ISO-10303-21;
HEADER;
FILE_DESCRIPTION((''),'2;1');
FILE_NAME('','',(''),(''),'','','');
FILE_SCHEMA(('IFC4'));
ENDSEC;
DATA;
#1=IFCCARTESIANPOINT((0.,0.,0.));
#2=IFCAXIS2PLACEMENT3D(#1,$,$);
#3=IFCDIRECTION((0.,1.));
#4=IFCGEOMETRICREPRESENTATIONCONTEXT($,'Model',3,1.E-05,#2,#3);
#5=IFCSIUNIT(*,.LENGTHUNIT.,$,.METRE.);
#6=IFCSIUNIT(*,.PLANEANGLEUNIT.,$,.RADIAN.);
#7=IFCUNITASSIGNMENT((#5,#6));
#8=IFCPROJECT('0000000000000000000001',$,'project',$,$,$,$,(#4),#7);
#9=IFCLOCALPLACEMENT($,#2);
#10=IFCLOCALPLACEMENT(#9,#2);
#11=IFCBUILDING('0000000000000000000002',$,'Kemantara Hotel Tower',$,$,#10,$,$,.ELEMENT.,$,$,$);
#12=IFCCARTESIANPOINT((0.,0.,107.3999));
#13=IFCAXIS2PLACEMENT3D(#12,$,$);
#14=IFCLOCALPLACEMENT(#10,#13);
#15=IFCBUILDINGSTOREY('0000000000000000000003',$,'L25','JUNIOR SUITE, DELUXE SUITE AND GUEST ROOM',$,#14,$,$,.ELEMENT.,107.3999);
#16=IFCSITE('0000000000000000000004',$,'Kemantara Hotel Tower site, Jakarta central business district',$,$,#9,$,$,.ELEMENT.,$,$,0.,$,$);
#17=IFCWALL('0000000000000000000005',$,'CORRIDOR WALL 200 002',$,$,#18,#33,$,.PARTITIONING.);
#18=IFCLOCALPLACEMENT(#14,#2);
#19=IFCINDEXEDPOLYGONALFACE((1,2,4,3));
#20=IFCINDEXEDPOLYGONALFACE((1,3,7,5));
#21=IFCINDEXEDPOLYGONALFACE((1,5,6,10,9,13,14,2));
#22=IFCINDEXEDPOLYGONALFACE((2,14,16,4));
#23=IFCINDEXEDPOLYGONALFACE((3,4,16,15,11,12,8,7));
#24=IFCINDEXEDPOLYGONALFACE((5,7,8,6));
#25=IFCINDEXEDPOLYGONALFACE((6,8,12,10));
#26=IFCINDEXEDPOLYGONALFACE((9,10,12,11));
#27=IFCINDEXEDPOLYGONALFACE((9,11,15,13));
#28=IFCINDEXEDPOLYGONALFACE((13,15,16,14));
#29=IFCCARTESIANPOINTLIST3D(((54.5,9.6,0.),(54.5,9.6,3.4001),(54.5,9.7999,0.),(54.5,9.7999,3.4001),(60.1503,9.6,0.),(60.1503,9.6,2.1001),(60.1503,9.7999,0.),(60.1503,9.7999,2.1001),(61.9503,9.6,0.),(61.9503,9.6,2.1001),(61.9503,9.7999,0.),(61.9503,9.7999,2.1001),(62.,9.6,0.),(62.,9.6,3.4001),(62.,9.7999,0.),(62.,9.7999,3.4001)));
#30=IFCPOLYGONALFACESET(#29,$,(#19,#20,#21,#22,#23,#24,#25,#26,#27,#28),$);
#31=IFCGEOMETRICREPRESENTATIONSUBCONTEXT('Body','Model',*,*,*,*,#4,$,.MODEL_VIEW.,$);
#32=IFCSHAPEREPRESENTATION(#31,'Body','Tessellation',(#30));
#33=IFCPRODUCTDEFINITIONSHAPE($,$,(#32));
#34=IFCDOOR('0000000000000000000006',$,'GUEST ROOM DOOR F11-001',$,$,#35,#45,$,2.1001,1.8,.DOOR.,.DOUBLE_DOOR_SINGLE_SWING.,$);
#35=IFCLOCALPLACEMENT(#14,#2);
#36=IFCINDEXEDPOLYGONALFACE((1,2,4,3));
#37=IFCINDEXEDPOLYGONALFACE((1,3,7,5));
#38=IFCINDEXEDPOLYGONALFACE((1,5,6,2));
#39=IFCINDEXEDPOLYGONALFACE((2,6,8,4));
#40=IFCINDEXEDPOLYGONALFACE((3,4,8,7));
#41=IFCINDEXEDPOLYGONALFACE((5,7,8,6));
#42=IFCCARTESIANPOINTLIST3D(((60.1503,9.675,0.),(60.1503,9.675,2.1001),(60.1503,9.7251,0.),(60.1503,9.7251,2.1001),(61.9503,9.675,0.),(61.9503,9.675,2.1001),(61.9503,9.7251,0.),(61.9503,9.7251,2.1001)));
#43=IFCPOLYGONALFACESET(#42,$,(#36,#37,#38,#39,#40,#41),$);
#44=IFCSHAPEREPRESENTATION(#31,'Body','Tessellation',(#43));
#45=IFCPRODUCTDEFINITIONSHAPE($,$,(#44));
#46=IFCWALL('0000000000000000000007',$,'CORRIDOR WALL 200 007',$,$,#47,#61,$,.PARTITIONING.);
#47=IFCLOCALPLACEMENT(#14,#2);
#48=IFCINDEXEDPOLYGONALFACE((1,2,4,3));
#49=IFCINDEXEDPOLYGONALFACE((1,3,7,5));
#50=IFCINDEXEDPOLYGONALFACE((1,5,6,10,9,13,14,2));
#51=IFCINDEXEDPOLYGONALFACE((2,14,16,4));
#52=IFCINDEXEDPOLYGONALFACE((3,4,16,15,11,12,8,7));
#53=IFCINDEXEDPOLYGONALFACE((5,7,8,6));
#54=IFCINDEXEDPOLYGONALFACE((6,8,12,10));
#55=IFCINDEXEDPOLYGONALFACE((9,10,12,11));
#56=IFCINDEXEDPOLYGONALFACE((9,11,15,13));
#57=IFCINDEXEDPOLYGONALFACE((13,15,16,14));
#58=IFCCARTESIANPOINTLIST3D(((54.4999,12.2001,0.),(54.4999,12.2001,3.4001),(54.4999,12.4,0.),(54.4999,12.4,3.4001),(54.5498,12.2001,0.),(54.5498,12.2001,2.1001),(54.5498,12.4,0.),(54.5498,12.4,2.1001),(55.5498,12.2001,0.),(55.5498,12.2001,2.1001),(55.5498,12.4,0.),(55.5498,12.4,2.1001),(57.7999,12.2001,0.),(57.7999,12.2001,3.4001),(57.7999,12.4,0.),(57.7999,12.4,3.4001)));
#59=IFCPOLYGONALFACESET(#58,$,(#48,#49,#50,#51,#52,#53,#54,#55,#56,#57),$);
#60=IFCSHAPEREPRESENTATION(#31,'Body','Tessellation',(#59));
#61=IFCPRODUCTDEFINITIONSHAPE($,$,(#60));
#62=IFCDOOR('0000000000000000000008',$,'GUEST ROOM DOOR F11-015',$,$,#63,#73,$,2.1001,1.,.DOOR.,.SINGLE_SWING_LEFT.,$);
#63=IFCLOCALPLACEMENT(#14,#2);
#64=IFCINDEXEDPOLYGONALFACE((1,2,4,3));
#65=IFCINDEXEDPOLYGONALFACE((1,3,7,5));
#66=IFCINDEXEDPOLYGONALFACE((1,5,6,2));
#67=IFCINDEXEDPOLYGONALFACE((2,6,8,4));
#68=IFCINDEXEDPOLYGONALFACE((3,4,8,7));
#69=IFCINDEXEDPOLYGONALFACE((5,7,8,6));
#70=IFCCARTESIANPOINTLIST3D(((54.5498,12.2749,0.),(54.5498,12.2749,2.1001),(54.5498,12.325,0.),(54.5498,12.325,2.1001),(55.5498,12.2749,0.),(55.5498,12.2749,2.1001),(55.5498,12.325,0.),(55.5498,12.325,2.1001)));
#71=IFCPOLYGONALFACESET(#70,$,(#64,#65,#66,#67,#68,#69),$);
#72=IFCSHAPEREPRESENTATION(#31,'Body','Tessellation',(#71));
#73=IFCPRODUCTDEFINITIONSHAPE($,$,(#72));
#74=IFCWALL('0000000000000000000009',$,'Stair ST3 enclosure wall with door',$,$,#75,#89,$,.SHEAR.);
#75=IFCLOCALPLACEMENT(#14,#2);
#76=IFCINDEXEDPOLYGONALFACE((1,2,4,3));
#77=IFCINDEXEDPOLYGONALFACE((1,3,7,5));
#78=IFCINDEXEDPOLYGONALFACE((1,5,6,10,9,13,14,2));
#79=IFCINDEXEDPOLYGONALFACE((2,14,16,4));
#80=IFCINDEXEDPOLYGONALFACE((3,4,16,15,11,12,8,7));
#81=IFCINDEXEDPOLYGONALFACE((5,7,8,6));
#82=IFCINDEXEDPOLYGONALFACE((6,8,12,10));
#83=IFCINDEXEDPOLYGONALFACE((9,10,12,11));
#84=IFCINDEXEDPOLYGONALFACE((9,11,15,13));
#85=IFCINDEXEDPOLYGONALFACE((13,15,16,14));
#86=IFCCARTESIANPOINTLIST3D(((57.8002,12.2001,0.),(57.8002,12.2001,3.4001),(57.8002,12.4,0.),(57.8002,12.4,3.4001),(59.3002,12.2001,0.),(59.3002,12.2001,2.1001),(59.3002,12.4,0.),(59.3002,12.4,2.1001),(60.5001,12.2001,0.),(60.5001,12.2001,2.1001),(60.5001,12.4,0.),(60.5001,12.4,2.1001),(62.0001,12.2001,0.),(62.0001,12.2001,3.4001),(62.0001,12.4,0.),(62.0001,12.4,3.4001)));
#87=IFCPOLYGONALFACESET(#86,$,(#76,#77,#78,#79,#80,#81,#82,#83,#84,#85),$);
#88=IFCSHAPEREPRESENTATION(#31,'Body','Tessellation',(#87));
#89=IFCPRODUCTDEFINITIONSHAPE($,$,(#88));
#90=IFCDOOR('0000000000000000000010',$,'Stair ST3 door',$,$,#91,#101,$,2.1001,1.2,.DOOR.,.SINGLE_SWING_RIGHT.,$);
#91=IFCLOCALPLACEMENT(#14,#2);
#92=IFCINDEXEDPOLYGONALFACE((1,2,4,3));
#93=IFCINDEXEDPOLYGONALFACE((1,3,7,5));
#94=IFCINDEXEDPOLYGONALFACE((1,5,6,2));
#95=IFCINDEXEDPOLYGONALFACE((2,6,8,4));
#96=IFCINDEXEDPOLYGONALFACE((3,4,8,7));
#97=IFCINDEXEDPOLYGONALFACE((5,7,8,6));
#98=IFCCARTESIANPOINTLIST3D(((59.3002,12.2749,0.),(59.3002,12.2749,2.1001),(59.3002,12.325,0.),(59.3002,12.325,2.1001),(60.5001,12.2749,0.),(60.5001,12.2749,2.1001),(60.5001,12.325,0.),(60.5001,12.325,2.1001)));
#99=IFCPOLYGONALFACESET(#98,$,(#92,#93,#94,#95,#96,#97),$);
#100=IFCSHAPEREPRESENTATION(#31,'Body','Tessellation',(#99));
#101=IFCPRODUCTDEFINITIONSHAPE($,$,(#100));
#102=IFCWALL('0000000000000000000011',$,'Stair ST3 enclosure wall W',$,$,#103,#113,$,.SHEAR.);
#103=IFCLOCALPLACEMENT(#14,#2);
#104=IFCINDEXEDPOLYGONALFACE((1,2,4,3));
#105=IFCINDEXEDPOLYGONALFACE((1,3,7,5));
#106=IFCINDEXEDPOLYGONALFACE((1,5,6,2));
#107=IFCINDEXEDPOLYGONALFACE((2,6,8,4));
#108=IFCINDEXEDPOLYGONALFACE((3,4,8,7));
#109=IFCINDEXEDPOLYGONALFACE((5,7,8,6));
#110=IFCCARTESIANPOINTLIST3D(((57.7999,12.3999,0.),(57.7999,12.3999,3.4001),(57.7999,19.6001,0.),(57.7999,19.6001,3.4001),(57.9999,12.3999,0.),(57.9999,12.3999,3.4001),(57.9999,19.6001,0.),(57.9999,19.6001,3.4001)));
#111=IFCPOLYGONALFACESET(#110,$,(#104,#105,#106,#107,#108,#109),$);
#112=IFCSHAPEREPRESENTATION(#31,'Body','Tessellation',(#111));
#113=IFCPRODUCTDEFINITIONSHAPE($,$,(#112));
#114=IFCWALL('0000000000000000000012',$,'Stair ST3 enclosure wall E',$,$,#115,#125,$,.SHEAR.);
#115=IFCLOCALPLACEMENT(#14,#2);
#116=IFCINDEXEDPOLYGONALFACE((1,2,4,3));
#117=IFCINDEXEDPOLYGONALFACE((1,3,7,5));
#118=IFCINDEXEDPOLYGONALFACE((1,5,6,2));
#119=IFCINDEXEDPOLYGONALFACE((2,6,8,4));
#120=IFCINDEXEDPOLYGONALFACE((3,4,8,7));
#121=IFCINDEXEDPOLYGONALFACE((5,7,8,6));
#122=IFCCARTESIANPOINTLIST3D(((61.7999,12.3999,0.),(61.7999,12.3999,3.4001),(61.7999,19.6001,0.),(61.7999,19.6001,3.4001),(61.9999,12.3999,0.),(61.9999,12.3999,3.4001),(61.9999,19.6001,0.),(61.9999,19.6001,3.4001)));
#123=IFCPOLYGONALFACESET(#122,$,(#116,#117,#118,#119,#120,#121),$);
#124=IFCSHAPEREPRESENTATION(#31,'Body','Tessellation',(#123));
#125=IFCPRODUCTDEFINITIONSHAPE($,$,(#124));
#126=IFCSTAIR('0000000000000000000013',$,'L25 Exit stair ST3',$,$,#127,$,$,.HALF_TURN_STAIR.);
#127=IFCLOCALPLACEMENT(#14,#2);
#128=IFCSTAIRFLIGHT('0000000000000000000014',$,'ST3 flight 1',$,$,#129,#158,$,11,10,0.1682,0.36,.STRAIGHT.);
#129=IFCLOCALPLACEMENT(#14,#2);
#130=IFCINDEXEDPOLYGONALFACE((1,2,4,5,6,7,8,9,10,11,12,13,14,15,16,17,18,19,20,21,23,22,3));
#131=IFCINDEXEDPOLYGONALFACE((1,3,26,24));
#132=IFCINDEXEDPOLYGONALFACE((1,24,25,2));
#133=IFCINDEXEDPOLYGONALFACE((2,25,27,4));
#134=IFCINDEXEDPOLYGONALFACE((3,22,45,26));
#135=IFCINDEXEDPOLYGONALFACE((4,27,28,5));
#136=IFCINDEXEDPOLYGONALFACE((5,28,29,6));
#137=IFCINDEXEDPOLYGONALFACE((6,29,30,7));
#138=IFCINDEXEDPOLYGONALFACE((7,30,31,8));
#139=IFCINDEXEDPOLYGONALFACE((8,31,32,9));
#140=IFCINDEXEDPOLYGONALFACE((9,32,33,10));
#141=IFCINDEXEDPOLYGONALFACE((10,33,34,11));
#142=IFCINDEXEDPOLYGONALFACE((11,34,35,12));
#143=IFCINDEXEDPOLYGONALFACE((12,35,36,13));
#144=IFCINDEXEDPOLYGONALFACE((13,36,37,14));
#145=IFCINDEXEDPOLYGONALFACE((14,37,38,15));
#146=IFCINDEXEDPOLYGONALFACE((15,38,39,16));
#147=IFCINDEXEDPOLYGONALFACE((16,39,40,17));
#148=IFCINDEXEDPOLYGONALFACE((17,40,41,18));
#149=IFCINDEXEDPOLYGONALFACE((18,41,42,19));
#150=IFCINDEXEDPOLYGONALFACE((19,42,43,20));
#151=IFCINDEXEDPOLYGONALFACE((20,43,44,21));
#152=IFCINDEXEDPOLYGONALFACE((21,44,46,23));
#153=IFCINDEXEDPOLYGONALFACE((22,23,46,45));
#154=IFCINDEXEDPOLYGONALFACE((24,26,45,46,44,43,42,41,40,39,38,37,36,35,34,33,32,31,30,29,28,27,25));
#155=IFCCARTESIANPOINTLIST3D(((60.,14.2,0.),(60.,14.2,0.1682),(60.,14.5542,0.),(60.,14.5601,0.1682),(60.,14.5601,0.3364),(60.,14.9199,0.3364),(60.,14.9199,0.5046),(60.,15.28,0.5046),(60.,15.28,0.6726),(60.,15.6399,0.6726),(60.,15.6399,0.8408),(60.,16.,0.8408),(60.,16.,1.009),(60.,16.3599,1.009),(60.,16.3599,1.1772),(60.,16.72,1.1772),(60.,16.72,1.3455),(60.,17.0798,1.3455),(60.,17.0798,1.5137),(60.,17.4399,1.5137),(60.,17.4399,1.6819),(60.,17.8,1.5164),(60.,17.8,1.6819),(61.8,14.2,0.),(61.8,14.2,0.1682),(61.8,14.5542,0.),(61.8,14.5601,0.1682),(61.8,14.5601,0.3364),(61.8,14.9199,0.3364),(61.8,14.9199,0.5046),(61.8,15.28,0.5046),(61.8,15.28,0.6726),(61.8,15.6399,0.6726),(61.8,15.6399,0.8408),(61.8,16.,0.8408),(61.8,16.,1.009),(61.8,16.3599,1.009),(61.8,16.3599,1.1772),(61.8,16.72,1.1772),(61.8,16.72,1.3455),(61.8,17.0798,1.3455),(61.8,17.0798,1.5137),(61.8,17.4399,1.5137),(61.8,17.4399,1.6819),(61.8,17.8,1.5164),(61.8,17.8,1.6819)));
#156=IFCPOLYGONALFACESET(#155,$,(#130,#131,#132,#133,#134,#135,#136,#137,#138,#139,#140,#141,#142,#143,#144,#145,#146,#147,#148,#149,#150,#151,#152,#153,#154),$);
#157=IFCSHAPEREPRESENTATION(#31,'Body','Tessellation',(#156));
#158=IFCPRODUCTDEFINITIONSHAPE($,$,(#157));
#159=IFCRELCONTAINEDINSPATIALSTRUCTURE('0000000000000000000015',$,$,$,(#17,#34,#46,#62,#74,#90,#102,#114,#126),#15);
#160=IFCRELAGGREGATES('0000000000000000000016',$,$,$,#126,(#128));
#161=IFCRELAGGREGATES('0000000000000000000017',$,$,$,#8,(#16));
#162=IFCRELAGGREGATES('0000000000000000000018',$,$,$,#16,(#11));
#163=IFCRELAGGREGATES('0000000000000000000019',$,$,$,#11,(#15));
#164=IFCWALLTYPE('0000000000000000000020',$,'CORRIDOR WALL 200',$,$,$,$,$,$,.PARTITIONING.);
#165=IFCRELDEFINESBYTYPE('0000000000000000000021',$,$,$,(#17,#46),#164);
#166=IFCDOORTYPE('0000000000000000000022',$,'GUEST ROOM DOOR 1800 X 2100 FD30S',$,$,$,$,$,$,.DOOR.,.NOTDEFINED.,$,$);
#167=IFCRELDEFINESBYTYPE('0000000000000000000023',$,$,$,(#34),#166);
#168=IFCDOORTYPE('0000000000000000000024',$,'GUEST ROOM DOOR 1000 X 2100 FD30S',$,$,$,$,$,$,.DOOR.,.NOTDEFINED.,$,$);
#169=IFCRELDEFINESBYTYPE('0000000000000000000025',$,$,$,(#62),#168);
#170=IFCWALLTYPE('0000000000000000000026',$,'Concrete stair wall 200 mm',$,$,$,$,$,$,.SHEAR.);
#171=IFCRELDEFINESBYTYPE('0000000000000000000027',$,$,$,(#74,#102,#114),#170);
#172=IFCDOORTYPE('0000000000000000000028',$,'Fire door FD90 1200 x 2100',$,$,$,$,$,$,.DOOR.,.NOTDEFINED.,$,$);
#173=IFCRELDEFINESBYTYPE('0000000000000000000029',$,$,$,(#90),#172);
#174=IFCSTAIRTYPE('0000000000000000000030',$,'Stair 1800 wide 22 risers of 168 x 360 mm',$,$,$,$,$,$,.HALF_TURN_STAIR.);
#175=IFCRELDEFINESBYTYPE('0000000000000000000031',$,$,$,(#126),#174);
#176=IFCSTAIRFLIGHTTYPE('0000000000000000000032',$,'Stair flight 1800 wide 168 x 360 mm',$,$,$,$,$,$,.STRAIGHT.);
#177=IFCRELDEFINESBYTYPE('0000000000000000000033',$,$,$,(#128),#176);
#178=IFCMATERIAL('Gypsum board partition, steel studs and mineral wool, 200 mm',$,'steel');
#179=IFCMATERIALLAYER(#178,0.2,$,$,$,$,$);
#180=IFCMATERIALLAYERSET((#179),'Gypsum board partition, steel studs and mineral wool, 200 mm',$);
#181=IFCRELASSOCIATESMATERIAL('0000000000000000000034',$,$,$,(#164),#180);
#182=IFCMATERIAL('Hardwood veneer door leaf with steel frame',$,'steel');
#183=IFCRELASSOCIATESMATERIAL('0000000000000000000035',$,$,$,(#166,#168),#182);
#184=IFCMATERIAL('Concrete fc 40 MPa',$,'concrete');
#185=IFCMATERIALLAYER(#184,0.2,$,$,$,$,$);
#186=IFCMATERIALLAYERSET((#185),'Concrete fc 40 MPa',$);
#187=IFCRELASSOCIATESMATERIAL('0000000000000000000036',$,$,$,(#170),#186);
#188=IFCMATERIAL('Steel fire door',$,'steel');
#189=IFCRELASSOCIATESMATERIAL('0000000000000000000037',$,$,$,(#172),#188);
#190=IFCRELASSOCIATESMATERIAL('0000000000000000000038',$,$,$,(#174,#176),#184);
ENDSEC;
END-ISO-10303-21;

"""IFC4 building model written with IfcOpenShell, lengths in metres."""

from ifc_helpers import new_model, si_unit, direction, frame, frame_2d, origin, place, context, subcontext, project, spatial, polyline, rectangle, outline, extrude, material, layer, layer_set, type_object, element, fill, aggregate, save


model = new_model("IFC4")

# Units and contexts
model_context = context("Model", 3, precision=1e-05, world=origin(), true_north=direction((0.0, 1.0)))
body_context = subcontext(model_context, "Body", "Model", "MODEL_VIEW")
ifc_project = project(units=[si_unit("LENGTHUNIT", "METRE"), si_unit("PLANEANGLEUNIT", "RADIAN")], contexts=[model_context])

# Site, building, storey
site_placement = place(None, origin())
site = spatial("IfcSite", under=ifc_project, at=site_placement, Name="Kemantara Hotel Tower site, Jakarta central business district", CompositionType="ELEMENT", RefElevation=0.0)
building_placement = place(site_placement, origin())
building = spatial("IfcBuilding", under=site, at=building_placement, Name="Kemantara Hotel Tower", CompositionType="ELEMENT")
storey_placement = place(building_placement, frame((0.0, 0.0, 107.3999)))
storey = spatial("IfcBuildingStorey", under=building, at=storey_placement, Name="L25", Description="JUNIOR SUITE, DELUXE SUITE AND GUEST ROOM", CompositionType="ELEMENT", Elevation=107.3999)

# Walls, openings, doors
ifc_material_1 = material(Name="Gypsum board partition, steel studs and mineral wool, 200 mm", Category="steel")
ifc_layer_1 = layer(ifc_material_1, 0.2)
ifc_layer_set_1 = layer_set([ifc_layer_1], Name="Gypsum board partition, steel studs and mineral wool, 200 mm")
wall_type_1 = type_object("IfcWallType", Name="CORRIDOR WALL 200", PredefinedType="PARTITIONING", material=ifc_layer_set_1)
wall_1_placement = place(storey_placement, frame((62.0, 9.7, 0.0), z_axis=(0.0, 0.0, 1.0), x_axis=(-1.0, 0.0, 0.0)))
wall_1 = element("IfcWall", 1, at=wall_1_placement, inside=storey, type_object=wall_type_1, Name="CORRIDOR WALL 200 002", PredefinedType="PARTITIONING", context=body_context, shape_type="SweptSolid", body=[
    extrude(rectangle(XDim=7.5, YDim=0.2, at=frame_2d((3.75, 0.0))), origin(), (0.0, 0.0, 1.0), 3.4001),
])
opening_1_placement = place(wall_1_placement, frame((0.0498, 0.0, 0.0)))
opening_1 = element("IfcOpeningElement", 2, at=opening_1_placement, cuts=wall_1, PredefinedType="OPENING", context=body_context, shape_type="SweptSolid", body=[
    extrude(rectangle(XDim=1.8, YDim=2.1001, at=frame_2d((0.8999, 1.05))), frame((0.0, 0.1099, 0.0), z_axis=(0.0, -1.0, 0.0), x_axis=(1.0, 0.0, 0.0)), (0.0, 0.0, 1.0), 0.22),
])
ifc_material_2 = material(Name="Hardwood veneer door leaf with steel frame", Category="steel")
door_type_1 = type_object("IfcDoorType", Name="GUEST ROOM DOOR 1800 X 2100 FD30S", OperationType="NOTDEFINED", PredefinedType="DOOR", material=ifc_material_2)
door_1_placement = place(opening_1_placement, origin())
door_1 = element("IfcDoor", 3, at=door_1_placement, inside=storey, type_object=door_type_1, Name="GUEST ROOM DOOR F11-001", OperationType="DOUBLE_DOOR_SINGLE_SWING", OverallHeight=2.1001, OverallWidth=1.8, PredefinedType="DOOR", context=body_context, shape_type="SweptSolid", body=[
    extrude(rectangle(XDim=1.8, YDim=2.1001, at=frame_2d((0.8999, 1.05))), frame((0.0, 0.0249, 0.0), z_axis=(0.0, -1.0, 0.0), x_axis=(1.0, 0.0, 0.0)), (0.0, 0.0, 1.0), 0.05),
])
fill(opening_1, door_1)
wall_2_placement = place(storey_placement, frame((54.5, 12.3, 0.0), z_axis=(0.0, 0.0, 1.0), x_axis=(1.0, 0.0, 0.0)))
wall_2 = element("IfcWall", 4, at=wall_2_placement, inside=storey, type_object=wall_type_1, Name="CORRIDOR WALL 200 007", PredefinedType="PARTITIONING", context=body_context, shape_type="SweptSolid", body=[
    extrude(rectangle(XDim=3.3, YDim=0.2, at=frame_2d((1.6499, 0.0))), origin(), (0.0, 0.0, 1.0), 3.4001),
])
opening_2_placement = place(wall_2_placement, frame((0.0498, 0.0, 0.0)))
opening_2 = element("IfcOpeningElement", 5, at=opening_2_placement, cuts=wall_2, PredefinedType="OPENING", context=body_context, shape_type="SweptSolid", body=[
    extrude(rectangle(XDim=1.0, YDim=2.1001, at=frame_2d((0.5, 1.05))), frame((0.0, 0.1099, 0.0), z_axis=(0.0, -1.0, 0.0), x_axis=(1.0, 0.0, 0.0)), (0.0, 0.0, 1.0), 0.22),
])
door_type_2 = type_object("IfcDoorType", Name="GUEST ROOM DOOR 1000 X 2100 FD30S", OperationType="NOTDEFINED", PredefinedType="DOOR", material=ifc_material_2)
door_2_placement = place(opening_2_placement, origin())
door_2 = element("IfcDoor", 6, at=door_2_placement, inside=storey, type_object=door_type_2, Name="GUEST ROOM DOOR F11-015", OperationType="SINGLE_SWING_LEFT", OverallHeight=2.1001, OverallWidth=1.0, PredefinedType="DOOR", context=body_context, shape_type="SweptSolid", body=[
    extrude(rectangle(XDim=1.0, YDim=2.1001, at=frame_2d((0.5, 1.05))), frame((0.0, 0.0249, 0.0), z_axis=(0.0, -1.0, 0.0), x_axis=(1.0, 0.0, 0.0)), (0.0, 0.0, 1.0), 0.05),
])
fill(opening_2, door_2)
ifc_material_3 = material(Name="Concrete fc 40 MPa", Category="concrete")
ifc_layer_2 = layer(ifc_material_3, 0.2)
ifc_layer_set_2 = layer_set([ifc_layer_2], Name="Concrete fc 40 MPa")
wall_type_2 = type_object("IfcWallType", Name="Concrete stair wall 200 mm", PredefinedType="SHEAR", material=ifc_layer_set_2)
wall_3_placement = place(storey_placement, frame((57.8, 12.3, 0.0), z_axis=(0.0, 0.0, 1.0), x_axis=(1.0, 0.0, 0.0)))
wall_3 = element("IfcWall", 7, at=wall_3_placement, inside=storey, type_object=wall_type_2, Name="Stair ST3 enclosure wall with door", PredefinedType="SHEAR", context=body_context, shape_type="SweptSolid", body=[
    extrude(rectangle(XDim=4.2, YDim=0.2, at=frame_2d((2.1001, 0.0))), origin(), (0.0, 0.0, 1.0), 3.4001),
])
opening_3_placement = place(wall_3_placement, frame((1.5, 0.0, 0.0)))
opening_3 = element("IfcOpeningElement", 8, at=opening_3_placement, cuts=wall_3, PredefinedType="OPENING", context=body_context, shape_type="SweptSolid", body=[
    extrude(rectangle(XDim=1.2, YDim=2.1001, at=frame_2d((0.6001, 1.05))), frame((0.0, 0.1099, 0.0), z_axis=(0.0, -1.0, 0.0), x_axis=(1.0, 0.0, 0.0)), (0.0, 0.0, 1.0), 0.22),
])
ifc_material_4 = material(Name="Steel fire door", Category="steel")
door_type_3 = type_object("IfcDoorType", Name="Fire door FD90 1200 x 2100", OperationType="NOTDEFINED", PredefinedType="DOOR", material=ifc_material_4)
door_3_placement = place(opening_3_placement, origin())
door_3 = element("IfcDoor", 9, at=door_3_placement, inside=storey, type_object=door_type_3, Name="Stair ST3 door", OperationType="SINGLE_SWING_RIGHT", OverallHeight=2.1001, OverallWidth=1.2, PredefinedType="DOOR", context=body_context, shape_type="SweptSolid", body=[
    extrude(rectangle(XDim=1.2, YDim=2.1001, at=frame_2d((0.6001, 1.05))), frame((0.0, 0.0249, 0.0), z_axis=(0.0, -1.0, 0.0), x_axis=(1.0, 0.0, 0.0)), (0.0, 0.0, 1.0), 0.05),
])
fill(opening_3, door_3)

# Walls
for number, where, z_axis, x_axis, name in (
    (10, (57.8999, 12.3999, 0.0), (0.0, 0.0, 1.0), (0.0, 1.0, 0.0), "Stair ST3 enclosure wall W"),
    (11, (61.8999, 12.3999, 0.0), (0.0, 0.0, 1.0), (0.0, 1.0, 0.0), "Stair ST3 enclosure wall E"),
):
    element("IfcWall", number, at=place(storey_placement, frame(where, z_axis=z_axis, x_axis=x_axis)), inside=storey, type_object=wall_type_2, Name=name, PredefinedType="SHEAR", context=body_context, shape_type="SweptSolid", body=[
        extrude(rectangle(XDim=7.2002, YDim=0.2, at=frame_2d((3.6001, 0.0))), origin(), (0.0, 0.0, 1.0), 3.4001),
    ])

# Stair, stair flight
stair_type = type_object("IfcStairType", Name="Stair 1800 wide 22 risers of 168 x 360 mm", PredefinedType="HALF_TURN_STAIR", material=ifc_material_3)
stair_placement = place(storey_placement, origin())
stair = element("IfcStair", 12, at=stair_placement, inside=storey, type_object=stair_type, Name="L25 Exit stair ST3", PredefinedType="HALF_TURN_STAIR")
stair_flight_type = type_object("IfcStairFlightType", Name="Stair flight 1800 wide 168 x 360 mm", PredefinedType="STRAIGHT", material=ifc_material_3)
stair_flight_placement = place(storey_placement, frame((60.8999, 14.2, 0.0), z_axis=(0.0, 0.0, 1.0), x_axis=(0.0, 1.0, 0.0)))
stair_flight = element("IfcStairFlight", 13, at=stair_flight_placement, type_object=stair_flight_type, Name="ST3 flight 1", NumberOfRisers=11, NumberOfTreads=10, PredefinedType="STRAIGHT", RiserHeight=0.1682, TreadLength=0.36, context=body_context, shape_type="SweptSolid", body=[
    extrude(outline(polyline([(0.0, 0.0), (0.0, 0.1682), (0.3601, 0.1682), (0.3601, 0.3364), (0.72, 0.3364), (0.72, 0.5046), (1.0801, 0.5046), (1.0801, 0.6726), (1.4399, 0.6726), (1.4399, 0.8408), (1.8, 0.8408), (1.8, 1.009), (2.1599, 1.009), (2.1599, 1.1772), (2.52, 1.1772), (2.52, 1.3455), (2.8799, 1.3455), (2.8799, 1.5137), (3.24, 1.5137), (3.24, 1.6819), (3.6001, 1.6819), (3.6001, 1.8501), (3.6001, 1.5164), (0.3542, 0.0), (0.0, 0.0)])), frame((0.0, 0.8999, 0.0), z_axis=(0.0, -1.0, 0.0), x_axis=(1.0, 0.0, 0.0)), (0.0, 0.0, 1.0), 1.8),
])
aggregate(stair, [stair_flight])

save(model, "model.ifc")
